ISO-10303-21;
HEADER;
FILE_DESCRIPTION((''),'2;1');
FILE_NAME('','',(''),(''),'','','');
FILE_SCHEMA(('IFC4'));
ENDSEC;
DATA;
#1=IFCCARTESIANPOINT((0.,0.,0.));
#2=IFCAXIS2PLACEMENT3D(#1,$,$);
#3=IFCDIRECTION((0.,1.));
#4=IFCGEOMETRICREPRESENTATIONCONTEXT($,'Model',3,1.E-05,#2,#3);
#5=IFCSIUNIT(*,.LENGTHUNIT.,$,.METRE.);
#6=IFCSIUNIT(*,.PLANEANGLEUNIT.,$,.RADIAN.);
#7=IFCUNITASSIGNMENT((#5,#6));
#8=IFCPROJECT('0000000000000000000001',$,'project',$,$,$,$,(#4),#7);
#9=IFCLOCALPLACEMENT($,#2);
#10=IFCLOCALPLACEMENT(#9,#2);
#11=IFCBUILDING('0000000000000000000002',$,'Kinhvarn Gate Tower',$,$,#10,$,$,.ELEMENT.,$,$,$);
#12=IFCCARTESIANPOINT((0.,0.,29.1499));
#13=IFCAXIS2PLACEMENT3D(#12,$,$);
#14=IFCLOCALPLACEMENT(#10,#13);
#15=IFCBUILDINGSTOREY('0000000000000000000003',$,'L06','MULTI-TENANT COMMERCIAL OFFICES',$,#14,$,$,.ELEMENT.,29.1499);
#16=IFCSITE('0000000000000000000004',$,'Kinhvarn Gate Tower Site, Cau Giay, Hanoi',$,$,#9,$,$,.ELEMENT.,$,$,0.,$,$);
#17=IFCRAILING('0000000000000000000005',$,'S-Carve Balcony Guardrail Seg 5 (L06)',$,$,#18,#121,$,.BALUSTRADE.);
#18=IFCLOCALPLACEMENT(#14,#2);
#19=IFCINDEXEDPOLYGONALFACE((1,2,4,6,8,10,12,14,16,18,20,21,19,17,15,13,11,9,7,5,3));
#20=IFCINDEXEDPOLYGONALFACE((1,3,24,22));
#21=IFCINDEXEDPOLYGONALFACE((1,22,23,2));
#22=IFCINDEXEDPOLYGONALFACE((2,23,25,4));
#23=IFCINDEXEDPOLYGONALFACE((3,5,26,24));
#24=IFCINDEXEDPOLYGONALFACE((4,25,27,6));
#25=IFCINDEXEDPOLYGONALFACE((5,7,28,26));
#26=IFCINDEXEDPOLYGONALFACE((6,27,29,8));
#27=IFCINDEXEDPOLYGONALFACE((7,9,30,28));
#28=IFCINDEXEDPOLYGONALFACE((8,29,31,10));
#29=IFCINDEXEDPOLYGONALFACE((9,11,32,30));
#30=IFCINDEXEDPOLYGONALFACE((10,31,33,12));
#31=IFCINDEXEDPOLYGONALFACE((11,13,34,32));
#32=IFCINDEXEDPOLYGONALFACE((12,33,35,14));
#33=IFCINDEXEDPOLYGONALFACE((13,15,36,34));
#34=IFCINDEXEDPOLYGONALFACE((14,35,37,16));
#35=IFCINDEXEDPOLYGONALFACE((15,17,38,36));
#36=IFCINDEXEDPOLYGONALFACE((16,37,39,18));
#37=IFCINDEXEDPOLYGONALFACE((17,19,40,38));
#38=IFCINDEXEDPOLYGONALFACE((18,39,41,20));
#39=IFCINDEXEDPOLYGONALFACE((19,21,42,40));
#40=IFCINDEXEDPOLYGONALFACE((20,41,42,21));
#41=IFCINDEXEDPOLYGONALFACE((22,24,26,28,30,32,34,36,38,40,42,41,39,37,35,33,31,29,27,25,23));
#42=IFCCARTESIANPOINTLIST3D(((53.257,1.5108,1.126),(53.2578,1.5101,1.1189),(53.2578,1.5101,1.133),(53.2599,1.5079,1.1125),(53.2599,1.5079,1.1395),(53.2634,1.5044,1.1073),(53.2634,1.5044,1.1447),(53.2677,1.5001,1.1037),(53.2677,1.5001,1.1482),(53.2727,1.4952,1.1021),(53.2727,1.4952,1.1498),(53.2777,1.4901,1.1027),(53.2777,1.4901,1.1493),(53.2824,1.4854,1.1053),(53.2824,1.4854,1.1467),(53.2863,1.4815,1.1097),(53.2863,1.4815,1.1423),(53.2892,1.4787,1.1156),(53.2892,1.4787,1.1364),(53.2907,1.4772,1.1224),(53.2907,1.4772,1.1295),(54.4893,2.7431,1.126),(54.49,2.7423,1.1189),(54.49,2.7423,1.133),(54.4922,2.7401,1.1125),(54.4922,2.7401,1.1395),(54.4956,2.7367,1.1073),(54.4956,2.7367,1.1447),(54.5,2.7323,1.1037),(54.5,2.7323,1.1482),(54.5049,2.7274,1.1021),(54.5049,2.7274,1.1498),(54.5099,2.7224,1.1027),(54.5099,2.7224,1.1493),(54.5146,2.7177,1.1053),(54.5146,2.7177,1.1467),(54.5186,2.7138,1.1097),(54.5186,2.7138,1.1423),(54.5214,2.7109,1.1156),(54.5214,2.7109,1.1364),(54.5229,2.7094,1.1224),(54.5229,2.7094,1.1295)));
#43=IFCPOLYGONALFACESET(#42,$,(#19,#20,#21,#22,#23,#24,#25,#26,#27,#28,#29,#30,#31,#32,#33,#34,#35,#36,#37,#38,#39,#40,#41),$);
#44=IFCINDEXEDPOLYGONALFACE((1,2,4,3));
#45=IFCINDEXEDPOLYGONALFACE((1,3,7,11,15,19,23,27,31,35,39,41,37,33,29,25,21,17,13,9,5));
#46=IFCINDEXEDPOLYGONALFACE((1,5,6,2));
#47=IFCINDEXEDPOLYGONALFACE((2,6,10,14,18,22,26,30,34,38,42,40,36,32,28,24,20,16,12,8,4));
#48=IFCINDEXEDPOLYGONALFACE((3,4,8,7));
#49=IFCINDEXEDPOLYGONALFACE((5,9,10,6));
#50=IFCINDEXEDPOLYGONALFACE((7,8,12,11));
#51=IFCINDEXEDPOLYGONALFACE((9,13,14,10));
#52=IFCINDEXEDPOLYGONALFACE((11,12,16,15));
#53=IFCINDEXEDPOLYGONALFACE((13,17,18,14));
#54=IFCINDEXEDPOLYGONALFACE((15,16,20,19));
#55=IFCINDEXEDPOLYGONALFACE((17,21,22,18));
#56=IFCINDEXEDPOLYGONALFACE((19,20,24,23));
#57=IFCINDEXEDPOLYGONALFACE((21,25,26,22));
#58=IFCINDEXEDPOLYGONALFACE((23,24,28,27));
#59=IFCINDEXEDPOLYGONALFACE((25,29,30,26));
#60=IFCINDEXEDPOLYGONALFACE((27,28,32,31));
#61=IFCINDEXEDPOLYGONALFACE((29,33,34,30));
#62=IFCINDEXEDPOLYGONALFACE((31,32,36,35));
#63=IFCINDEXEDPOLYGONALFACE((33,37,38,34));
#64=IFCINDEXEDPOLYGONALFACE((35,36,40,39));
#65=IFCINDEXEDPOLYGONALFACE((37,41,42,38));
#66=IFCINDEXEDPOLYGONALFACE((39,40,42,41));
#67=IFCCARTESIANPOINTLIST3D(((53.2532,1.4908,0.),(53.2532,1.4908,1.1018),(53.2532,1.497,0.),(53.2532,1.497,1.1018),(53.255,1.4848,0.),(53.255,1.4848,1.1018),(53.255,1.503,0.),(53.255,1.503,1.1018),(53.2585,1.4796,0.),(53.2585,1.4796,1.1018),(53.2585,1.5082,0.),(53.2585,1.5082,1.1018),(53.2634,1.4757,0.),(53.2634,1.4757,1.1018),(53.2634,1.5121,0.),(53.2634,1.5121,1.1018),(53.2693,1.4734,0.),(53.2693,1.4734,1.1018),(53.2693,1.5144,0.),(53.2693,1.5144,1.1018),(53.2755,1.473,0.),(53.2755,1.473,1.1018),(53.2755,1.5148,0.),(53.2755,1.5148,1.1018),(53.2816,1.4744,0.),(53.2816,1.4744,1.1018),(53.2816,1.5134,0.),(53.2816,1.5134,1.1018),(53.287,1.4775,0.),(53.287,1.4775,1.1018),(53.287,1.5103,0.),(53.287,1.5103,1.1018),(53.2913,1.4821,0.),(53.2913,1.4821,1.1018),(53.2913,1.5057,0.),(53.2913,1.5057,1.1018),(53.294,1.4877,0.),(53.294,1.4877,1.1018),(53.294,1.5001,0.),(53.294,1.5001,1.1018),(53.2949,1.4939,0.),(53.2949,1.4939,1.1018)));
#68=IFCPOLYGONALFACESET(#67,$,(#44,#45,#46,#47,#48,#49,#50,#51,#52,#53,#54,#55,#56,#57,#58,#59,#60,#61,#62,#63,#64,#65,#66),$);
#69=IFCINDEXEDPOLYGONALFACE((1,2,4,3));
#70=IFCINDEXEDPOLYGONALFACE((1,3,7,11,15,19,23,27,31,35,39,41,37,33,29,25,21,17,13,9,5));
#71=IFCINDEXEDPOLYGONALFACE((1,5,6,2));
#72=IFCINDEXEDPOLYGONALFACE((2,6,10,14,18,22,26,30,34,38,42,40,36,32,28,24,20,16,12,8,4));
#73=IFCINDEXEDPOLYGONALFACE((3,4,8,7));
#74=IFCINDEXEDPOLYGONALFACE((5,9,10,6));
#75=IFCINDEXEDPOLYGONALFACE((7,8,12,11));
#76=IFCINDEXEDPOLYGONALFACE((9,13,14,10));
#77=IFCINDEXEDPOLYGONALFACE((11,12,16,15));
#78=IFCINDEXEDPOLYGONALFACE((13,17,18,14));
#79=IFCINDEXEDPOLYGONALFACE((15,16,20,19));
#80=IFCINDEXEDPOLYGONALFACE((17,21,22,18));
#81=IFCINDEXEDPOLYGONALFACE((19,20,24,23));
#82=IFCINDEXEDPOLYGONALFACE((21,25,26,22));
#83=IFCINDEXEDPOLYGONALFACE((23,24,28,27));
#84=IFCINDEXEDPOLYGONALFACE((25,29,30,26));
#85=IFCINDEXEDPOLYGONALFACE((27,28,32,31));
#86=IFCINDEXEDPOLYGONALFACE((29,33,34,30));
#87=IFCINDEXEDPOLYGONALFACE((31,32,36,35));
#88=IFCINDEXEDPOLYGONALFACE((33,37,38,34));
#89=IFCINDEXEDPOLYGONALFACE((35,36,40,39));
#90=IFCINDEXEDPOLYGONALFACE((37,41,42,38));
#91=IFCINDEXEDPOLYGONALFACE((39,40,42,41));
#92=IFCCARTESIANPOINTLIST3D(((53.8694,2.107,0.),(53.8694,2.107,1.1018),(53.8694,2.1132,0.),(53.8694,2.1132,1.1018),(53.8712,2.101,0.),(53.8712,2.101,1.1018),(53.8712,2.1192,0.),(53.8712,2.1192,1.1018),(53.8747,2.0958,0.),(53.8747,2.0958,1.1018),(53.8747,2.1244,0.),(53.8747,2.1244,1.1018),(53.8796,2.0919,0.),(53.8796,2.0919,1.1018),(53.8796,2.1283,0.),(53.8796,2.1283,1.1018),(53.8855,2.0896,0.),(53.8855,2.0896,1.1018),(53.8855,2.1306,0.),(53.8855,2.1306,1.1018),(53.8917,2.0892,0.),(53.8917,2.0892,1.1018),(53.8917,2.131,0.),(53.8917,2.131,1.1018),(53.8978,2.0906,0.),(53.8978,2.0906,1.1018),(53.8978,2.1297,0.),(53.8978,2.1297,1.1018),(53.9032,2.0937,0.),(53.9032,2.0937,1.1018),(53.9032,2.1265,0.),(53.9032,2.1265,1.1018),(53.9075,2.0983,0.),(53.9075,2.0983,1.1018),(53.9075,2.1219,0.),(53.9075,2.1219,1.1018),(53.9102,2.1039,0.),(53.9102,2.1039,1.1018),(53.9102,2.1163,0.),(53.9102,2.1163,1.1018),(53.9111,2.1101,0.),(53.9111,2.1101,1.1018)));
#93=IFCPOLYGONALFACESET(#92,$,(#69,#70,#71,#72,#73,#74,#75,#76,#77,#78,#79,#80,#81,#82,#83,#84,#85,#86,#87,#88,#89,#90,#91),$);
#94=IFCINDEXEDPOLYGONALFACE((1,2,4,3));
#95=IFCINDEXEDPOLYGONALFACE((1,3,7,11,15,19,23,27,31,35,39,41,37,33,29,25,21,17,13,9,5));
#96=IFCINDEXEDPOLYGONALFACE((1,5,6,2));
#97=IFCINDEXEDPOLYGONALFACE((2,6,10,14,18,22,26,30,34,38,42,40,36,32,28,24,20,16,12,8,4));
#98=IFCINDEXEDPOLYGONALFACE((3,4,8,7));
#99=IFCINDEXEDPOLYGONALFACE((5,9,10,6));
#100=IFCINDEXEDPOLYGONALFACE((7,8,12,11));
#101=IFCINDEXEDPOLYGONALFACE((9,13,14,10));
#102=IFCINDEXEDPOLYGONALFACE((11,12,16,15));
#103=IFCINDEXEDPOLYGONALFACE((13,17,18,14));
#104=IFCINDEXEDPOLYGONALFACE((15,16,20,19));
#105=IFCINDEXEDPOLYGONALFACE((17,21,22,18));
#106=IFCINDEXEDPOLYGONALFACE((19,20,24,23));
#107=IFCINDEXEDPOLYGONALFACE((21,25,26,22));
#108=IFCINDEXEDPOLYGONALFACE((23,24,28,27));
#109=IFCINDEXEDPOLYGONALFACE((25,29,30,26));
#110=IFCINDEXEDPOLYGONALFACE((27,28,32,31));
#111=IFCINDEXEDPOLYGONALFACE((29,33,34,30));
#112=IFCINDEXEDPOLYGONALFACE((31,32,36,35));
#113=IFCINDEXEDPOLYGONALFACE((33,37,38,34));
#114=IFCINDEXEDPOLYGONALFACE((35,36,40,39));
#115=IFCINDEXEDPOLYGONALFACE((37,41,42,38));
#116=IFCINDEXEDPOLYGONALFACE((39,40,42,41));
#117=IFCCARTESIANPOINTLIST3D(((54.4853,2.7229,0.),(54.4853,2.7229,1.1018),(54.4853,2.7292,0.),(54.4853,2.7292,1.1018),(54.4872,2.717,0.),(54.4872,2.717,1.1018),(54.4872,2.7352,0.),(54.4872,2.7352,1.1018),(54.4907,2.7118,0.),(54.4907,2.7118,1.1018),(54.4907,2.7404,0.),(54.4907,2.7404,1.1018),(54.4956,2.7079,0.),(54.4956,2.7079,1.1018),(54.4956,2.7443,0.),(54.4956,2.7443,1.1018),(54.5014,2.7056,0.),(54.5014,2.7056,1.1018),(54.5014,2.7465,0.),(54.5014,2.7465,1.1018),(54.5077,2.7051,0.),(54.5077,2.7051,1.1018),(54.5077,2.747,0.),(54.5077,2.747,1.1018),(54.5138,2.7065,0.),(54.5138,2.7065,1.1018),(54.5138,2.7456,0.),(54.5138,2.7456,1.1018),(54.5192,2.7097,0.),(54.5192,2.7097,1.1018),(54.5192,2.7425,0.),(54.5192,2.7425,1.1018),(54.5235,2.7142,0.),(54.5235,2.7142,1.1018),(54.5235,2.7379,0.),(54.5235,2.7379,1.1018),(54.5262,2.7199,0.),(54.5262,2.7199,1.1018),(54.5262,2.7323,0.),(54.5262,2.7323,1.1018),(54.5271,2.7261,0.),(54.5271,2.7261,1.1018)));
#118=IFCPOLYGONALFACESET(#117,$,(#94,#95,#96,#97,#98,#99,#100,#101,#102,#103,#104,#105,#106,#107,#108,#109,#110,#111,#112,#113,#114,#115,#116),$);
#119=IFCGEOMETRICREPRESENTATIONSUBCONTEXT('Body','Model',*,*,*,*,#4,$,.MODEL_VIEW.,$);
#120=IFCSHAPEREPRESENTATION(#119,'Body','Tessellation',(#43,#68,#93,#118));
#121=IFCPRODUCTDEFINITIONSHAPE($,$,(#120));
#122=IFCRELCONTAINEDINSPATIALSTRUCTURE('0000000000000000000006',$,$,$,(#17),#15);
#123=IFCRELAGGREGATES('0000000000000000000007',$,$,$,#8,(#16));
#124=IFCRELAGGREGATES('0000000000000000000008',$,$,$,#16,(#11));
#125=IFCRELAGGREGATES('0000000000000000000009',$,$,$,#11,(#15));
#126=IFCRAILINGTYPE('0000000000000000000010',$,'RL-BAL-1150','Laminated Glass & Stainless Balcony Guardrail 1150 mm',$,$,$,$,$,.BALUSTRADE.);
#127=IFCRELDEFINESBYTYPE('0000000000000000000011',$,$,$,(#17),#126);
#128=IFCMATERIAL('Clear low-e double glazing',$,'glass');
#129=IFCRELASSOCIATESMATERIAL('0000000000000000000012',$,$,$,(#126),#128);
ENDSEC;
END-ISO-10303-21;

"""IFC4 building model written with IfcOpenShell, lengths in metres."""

from ifc_helpers import new_model, si_unit, direction, frame, origin, origin_2d, place, context, subcontext, project, spatial, circle, extrude, material, type_object, element, save


model = new_model("IFC4")

# Units and contexts
model_context = context("Model", 3, precision=1e-05, world=origin(), true_north=direction((0.0, 1.0)))
body_context = subcontext(model_context, "Body", "Model", "MODEL_VIEW")
ifc_project = project(units=[si_unit("LENGTHUNIT", "METRE"), si_unit("PLANEANGLEUNIT", "RADIAN")], contexts=[model_context])

# Site, building, storey
site_placement = place(None, origin())
site = spatial("IfcSite", under=ifc_project, at=site_placement, Name="Kinhvarn Gate Tower Site, Cau Giay, Hanoi", CompositionType="ELEMENT", RefElevation=0.0)
building_placement = place(site_placement, origin())
building = spatial("IfcBuilding", under=site, at=building_placement, Name="Kinhvarn Gate Tower", CompositionType="ELEMENT")
storey_placement = place(building_placement, frame((0.0, 0.0, 29.1499)))
storey = spatial("IfcBuildingStorey", under=building, at=storey_placement, Name="L06", Description="MULTI-TENANT COMMERCIAL OFFICES", CompositionType="ELEMENT", Elevation=29.1499)

# Shared definitions
ifc_material_1 = material(Name="Clear low-e double glazing", Category="glass")

# Railing
railing_type = type_object("IfcRailingType", Name="RL-BAL-1150", Description="Laminated Glass & Stainless Balcony Guardrail 1150 mm", PredefinedType="BALUSTRADE", material=ifc_material_1)
railing_1_placement = place(storey_placement, frame((53.2739, 1.4939, 0.0)))
element("IfcRailing", 1, at=railing_1_placement, inside=storey, type_object=railing_type, Name="S-Carve Balcony Guardrail Seg 5 (L06)", PredefinedType="BALUSTRADE", context=body_context, shape_type="SweptSolid", body=[
    extrude(circle(Radius=0.0239, at=origin_2d()), frame((0.0, 0.0, 1.126), z_axis=(0.707107, 0.707107, 0.0), x_axis=(-0.707107, 0.707107, 0.0)), (0.0, 0.0, 1.0), 1.7427),
    extrude(circle(Radius=0.021, at=origin_2d()), origin(), (0.0, 0.0, 1.0), 1.1018),
    extrude(circle(Radius=0.021, at=origin_2d()), frame((0.6162, 0.6162, 0.0)), (0.0, 0.0, 1.0), 1.1018),
    extrude(circle(Radius=0.021, at=origin_2d()), frame((1.2322, 1.2322, 0.0)), (0.0, 0.0, 1.0), 1.1018),
])

save(model, "model.ifc")
